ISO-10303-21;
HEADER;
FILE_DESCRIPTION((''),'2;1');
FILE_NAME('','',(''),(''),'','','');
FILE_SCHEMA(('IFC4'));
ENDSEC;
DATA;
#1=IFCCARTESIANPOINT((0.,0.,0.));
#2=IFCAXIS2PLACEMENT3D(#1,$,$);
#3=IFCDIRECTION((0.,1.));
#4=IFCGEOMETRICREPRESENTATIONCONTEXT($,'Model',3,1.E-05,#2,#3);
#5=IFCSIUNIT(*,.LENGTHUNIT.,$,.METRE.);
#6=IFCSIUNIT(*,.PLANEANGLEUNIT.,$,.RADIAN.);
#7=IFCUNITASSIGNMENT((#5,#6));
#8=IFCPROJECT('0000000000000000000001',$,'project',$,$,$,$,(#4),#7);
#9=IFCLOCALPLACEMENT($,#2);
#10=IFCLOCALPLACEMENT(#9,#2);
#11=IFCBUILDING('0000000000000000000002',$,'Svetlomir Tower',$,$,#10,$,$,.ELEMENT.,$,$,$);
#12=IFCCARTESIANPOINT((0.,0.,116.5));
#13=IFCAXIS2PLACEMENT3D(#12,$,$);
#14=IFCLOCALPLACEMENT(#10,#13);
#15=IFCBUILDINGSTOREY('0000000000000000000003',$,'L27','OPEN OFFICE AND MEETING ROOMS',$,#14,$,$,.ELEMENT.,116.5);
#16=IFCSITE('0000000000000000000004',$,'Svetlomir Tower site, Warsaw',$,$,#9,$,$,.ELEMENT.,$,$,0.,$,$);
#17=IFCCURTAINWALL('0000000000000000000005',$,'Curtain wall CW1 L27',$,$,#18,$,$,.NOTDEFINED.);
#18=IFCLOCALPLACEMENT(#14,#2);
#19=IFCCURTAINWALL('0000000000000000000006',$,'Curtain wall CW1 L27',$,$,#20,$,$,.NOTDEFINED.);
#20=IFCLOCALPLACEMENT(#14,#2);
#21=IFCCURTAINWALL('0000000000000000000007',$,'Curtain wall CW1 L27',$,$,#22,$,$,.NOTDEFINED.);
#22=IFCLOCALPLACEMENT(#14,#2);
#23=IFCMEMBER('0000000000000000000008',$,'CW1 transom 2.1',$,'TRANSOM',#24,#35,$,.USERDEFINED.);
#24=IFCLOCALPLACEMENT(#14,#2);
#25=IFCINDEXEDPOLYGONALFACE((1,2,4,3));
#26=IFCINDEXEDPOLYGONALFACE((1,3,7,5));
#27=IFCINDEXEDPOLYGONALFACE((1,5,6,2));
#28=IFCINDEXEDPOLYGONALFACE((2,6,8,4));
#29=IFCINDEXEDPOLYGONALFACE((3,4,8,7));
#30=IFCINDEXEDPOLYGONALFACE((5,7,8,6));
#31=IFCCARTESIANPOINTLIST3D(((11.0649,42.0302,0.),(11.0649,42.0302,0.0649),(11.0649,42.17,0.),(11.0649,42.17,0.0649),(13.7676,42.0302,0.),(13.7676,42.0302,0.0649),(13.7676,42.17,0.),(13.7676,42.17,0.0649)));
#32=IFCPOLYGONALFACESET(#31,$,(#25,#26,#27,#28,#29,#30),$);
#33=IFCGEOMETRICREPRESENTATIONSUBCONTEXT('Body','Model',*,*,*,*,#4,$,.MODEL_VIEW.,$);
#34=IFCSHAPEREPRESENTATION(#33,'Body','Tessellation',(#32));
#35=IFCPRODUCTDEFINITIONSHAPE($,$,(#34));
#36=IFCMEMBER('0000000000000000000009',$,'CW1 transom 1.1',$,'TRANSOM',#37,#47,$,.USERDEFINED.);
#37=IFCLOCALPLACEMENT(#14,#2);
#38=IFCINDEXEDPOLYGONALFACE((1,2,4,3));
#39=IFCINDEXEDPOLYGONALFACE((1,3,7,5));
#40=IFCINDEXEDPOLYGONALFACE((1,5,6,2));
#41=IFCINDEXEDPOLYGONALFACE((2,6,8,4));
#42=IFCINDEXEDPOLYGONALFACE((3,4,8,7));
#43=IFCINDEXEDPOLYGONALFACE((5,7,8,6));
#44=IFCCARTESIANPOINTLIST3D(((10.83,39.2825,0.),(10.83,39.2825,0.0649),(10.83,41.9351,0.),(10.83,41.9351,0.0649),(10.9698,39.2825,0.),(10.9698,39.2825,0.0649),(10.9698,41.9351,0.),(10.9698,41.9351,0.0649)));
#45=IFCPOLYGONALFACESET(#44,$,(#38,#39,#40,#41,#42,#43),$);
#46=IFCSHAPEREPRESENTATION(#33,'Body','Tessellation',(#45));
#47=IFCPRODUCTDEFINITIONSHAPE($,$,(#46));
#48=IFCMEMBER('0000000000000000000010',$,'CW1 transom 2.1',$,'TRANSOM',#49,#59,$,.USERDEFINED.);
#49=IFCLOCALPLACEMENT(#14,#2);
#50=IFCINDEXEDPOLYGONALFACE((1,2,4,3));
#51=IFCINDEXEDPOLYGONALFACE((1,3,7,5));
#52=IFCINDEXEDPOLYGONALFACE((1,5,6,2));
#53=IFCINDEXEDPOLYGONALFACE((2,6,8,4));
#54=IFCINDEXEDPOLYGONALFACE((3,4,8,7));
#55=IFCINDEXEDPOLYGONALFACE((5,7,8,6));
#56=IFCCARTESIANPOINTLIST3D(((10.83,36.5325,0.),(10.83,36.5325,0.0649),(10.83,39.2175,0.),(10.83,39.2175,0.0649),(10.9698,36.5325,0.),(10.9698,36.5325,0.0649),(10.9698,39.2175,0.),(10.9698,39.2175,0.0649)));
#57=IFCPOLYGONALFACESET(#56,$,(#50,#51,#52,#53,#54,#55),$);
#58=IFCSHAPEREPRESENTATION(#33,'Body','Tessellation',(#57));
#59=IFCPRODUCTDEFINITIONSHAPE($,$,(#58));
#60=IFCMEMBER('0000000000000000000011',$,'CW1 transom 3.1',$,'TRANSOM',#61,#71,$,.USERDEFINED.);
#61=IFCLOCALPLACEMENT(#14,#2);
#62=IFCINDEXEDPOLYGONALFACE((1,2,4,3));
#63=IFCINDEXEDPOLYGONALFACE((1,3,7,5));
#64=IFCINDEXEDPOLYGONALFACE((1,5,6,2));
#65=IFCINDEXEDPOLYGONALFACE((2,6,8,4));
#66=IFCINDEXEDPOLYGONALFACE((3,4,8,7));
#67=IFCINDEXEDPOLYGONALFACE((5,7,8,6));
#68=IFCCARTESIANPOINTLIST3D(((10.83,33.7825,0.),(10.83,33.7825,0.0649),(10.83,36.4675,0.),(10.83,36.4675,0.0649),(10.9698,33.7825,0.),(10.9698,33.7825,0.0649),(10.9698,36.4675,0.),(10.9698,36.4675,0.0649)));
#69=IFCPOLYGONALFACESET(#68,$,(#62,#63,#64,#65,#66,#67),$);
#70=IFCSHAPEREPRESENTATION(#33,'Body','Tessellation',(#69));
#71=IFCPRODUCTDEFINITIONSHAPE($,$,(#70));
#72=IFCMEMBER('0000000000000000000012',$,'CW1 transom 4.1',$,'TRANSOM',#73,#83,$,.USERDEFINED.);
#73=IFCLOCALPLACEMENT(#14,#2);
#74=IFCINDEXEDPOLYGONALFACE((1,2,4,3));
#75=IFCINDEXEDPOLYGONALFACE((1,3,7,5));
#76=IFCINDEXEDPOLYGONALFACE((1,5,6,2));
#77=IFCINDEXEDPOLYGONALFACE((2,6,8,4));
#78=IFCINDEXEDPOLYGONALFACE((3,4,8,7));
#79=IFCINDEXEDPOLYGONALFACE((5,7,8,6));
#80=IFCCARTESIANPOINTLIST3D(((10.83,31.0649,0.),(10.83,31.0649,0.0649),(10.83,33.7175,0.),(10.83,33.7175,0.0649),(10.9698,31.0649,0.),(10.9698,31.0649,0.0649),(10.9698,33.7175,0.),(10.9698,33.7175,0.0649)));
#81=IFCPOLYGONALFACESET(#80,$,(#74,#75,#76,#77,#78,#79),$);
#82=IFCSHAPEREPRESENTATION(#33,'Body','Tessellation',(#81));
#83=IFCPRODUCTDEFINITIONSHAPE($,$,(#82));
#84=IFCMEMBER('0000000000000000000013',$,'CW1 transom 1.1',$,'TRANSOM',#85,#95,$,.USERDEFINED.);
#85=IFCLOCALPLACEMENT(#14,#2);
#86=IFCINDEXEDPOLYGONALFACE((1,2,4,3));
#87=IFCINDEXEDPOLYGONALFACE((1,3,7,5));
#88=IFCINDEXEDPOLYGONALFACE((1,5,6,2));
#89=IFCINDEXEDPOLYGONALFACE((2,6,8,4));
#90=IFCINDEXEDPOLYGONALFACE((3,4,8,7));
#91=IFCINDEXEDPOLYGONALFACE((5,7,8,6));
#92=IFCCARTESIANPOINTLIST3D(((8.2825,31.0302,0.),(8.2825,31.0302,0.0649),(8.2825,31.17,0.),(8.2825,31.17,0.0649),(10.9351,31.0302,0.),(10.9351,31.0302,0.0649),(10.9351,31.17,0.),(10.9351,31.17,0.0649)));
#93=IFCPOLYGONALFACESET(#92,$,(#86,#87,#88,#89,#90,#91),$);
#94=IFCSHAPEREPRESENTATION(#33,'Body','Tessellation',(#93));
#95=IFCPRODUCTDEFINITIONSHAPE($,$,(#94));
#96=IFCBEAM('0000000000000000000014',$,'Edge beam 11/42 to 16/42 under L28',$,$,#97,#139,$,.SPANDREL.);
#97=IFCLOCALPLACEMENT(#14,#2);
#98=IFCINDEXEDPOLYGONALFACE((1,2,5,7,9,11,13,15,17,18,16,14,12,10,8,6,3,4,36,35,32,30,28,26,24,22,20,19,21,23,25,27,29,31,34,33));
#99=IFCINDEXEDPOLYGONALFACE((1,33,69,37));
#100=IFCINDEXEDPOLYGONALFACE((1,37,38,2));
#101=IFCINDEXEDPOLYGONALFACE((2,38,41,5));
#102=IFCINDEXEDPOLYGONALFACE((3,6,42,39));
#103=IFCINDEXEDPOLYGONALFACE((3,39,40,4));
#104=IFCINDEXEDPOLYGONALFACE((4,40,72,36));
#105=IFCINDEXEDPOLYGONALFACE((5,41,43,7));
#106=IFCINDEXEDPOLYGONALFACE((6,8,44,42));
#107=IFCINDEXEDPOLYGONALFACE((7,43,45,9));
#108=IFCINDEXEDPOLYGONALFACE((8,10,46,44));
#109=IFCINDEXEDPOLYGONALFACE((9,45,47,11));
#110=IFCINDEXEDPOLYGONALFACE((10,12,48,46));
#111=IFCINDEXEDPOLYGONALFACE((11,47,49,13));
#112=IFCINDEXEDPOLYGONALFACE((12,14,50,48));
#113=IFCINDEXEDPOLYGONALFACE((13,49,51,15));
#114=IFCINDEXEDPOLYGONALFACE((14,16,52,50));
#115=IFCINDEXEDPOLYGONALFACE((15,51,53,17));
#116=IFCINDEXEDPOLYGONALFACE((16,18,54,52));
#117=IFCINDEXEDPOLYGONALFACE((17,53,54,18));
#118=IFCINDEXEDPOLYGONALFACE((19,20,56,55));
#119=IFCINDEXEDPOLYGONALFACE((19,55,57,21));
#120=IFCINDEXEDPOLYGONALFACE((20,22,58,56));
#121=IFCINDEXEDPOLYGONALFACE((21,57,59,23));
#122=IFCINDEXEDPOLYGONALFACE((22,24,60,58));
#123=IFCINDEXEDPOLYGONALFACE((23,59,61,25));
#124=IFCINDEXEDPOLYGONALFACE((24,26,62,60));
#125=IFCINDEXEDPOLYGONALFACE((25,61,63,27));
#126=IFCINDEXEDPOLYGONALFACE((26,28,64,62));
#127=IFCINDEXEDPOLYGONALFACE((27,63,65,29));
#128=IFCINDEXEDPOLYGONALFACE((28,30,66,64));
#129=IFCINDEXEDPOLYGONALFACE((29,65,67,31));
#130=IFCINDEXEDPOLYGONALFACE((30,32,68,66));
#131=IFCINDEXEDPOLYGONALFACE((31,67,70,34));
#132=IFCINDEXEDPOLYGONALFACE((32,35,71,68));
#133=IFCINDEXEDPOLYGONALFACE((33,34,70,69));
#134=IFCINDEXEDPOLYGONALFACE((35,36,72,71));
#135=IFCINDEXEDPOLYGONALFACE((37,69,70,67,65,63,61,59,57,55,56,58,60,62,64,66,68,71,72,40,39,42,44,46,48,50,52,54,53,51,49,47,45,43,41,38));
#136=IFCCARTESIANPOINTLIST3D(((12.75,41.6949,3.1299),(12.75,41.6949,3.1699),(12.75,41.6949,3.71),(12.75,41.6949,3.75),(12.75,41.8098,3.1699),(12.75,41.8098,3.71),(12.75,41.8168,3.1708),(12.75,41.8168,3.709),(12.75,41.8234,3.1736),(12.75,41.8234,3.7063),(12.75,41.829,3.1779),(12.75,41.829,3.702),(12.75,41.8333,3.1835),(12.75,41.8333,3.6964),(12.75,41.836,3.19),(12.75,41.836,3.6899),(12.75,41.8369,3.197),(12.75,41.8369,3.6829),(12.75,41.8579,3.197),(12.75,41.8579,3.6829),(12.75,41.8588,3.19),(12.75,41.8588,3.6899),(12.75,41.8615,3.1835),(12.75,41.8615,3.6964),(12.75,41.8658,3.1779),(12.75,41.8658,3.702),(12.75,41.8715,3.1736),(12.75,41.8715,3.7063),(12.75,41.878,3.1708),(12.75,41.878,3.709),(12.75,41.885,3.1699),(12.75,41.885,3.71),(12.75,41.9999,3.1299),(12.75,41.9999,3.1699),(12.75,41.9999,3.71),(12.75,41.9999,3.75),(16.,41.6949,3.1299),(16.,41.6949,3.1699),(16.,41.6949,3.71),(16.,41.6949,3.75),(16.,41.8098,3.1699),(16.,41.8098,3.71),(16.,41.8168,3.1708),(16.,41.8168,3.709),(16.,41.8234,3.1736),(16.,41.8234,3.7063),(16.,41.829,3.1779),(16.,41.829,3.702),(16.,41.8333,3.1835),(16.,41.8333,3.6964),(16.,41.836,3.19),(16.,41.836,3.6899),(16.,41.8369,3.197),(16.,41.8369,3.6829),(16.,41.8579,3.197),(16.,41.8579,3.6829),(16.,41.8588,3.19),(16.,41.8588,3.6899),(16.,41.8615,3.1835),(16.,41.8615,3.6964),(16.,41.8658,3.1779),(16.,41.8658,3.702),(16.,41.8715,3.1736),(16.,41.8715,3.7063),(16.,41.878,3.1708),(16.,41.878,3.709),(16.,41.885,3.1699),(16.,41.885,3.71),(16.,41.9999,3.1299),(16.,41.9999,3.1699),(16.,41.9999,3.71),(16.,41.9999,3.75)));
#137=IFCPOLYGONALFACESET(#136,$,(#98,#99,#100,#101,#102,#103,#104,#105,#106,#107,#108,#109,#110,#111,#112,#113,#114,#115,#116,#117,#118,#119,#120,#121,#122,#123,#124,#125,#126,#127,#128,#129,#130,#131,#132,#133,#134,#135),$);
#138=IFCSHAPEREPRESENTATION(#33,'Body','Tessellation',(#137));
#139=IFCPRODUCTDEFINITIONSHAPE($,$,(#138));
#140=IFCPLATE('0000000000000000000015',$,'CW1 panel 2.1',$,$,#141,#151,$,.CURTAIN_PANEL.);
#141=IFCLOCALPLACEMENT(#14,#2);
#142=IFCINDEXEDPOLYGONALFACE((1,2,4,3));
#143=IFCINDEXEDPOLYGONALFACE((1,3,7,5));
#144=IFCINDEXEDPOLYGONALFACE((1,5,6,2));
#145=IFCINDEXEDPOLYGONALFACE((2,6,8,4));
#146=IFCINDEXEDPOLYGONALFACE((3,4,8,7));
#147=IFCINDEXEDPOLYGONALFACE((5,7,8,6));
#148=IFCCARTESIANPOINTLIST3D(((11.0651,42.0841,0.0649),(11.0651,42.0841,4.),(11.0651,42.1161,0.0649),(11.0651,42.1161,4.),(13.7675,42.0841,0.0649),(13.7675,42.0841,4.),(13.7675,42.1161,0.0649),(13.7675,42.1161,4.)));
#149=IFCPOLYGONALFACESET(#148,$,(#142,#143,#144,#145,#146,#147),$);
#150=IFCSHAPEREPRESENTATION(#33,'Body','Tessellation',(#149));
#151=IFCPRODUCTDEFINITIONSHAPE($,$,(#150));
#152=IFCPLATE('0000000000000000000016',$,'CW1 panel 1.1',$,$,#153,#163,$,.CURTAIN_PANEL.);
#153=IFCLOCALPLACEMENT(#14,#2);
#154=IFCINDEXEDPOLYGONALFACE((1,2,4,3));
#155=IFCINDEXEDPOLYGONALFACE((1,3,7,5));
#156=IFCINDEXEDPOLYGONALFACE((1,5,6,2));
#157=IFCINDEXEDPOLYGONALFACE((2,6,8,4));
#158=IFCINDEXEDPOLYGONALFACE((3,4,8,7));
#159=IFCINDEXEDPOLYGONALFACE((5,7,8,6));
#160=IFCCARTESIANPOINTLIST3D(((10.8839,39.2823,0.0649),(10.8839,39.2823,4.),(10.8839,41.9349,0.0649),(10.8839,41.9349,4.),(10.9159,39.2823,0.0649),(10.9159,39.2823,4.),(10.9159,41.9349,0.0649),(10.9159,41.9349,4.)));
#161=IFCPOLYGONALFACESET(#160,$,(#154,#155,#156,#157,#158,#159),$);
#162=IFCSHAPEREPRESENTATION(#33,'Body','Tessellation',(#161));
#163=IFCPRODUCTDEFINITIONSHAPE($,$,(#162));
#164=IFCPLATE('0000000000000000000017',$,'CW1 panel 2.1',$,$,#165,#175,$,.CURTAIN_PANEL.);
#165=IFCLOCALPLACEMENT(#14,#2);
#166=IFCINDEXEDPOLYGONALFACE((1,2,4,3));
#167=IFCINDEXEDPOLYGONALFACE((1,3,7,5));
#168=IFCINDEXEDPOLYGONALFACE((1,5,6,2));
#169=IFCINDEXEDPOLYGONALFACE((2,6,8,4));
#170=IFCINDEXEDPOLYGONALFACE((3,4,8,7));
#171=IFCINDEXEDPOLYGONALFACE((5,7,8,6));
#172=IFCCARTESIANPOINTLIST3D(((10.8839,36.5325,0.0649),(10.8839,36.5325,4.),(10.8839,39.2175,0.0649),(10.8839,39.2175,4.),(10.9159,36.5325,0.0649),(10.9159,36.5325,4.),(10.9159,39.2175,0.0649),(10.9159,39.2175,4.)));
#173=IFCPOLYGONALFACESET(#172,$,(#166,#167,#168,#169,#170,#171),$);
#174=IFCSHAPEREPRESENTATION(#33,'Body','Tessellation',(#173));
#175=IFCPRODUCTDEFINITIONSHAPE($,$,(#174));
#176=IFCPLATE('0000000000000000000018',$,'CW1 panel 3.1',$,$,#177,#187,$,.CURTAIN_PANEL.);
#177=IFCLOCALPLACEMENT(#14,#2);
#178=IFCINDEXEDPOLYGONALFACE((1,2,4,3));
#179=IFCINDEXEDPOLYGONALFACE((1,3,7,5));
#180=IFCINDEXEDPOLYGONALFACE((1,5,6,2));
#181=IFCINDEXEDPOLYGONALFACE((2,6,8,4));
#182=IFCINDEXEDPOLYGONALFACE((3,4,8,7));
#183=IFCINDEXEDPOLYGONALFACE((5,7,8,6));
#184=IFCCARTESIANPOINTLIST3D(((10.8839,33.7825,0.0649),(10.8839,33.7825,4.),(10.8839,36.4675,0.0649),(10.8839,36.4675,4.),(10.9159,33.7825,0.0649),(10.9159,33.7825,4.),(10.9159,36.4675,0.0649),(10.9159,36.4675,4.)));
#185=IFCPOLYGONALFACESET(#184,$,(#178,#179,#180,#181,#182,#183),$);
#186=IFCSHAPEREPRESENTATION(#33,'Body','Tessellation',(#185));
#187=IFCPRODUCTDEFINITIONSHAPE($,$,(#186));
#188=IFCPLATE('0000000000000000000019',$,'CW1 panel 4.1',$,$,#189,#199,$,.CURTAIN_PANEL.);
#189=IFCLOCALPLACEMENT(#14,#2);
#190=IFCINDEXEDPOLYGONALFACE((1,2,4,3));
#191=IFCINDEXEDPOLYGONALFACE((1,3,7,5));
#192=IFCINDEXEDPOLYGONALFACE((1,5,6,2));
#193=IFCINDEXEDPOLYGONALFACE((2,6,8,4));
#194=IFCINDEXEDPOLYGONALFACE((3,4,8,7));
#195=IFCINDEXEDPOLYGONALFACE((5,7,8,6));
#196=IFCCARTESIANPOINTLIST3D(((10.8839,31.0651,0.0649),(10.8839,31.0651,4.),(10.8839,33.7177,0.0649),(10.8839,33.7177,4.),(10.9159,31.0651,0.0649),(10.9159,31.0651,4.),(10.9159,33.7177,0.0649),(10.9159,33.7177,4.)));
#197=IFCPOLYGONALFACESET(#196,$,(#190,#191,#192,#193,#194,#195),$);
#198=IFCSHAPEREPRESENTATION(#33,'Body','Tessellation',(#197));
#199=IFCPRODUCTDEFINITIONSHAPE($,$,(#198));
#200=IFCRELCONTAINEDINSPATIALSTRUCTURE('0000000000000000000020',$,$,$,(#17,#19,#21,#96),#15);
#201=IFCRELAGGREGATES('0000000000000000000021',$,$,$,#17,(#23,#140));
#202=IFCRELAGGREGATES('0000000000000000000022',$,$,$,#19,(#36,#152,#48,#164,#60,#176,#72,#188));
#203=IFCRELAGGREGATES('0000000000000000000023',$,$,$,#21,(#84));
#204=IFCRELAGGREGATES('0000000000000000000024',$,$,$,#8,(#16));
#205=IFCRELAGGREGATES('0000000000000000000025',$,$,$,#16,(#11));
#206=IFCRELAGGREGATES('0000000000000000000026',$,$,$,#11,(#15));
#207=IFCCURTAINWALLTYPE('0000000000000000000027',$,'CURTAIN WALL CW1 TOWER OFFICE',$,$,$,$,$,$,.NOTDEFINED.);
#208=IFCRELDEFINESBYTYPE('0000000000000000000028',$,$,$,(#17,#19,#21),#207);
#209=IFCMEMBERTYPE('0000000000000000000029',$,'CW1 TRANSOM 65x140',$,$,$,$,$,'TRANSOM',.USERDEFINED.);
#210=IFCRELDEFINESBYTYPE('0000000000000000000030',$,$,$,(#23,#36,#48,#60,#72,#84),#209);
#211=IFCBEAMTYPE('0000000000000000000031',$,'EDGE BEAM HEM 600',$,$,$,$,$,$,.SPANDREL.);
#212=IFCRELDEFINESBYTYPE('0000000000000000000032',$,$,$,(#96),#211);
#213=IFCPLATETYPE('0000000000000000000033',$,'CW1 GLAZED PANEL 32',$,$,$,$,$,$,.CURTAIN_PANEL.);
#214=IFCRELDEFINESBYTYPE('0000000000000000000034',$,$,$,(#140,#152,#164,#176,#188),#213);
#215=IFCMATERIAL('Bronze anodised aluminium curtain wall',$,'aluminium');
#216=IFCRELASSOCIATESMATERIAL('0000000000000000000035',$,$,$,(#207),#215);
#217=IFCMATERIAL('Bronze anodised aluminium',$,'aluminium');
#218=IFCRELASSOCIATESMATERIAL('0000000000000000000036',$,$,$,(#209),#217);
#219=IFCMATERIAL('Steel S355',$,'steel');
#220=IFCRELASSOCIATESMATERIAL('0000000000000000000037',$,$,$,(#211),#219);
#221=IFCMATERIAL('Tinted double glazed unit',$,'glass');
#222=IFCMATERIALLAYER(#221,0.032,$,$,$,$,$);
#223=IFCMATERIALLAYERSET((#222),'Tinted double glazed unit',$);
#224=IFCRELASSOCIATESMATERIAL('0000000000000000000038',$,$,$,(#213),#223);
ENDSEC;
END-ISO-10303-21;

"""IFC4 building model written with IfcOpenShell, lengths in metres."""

from ifc_helpers import new_model, si_unit, direction, frame, origin, origin_2d, place, context, subcontext, project, spatial, rectangle, i_section, extrude, material, layer, layer_set, material_profile, profile_set, type_object, element, aggregate, save


model = new_model("IFC4")

# Units and contexts
model_context = context("Model", 3, precision=1e-05, world=origin(), true_north=direction((0.0, 1.0)))
body_context = subcontext(model_context, "Body", "Model", "MODEL_VIEW")
ifc_project = project(units=[si_unit("LENGTHUNIT", "METRE"), si_unit("PLANEANGLEUNIT", "RADIAN")], contexts=[model_context])

# Site, building, storey
site_placement = place(None, origin())
site = spatial("IfcSite", under=ifc_project, at=site_placement, Name="Svetlomir Tower site, Warsaw", CompositionType="ELEMENT", RefElevation=0.0)
building_placement = place(site_placement, origin())
building = spatial("IfcBuilding", under=site, at=building_placement, Name="Svetlomir Tower", CompositionType="ELEMENT")
storey_placement = place(building_placement, frame((0.0, 0.0, 116.5)))
storey = spatial("IfcBuildingStorey", under=building, at=storey_placement, Name="L27", Description="OPEN OFFICE AND MEETING ROOMS", CompositionType="ELEMENT", Elevation=116.5)

# Curtain wall
ifc_material_1 = material(Name="Bronze anodised aluminium curtain wall", Category="aluminium")
curtain_wall_type = type_object("IfcCurtainWallType", Name="CURTAIN WALL CW1 TOWER OFFICE", PredefinedType="NOTDEFINED", material=ifc_material_1)
curtain_wall_1_placement = place(storey_placement, origin())
curtain_wall_1 = element("IfcCurtainWall", 1, at=curtain_wall_1_placement, inside=storey, type_object=curtain_wall_type, Name="Curtain wall CW1 L27", PredefinedType="NOTDEFINED")

# Curtain walls
curtain_wall_2_placement = place(storey_placement, origin())
curtain_wall_2 = element("IfcCurtainWall", 2, at=curtain_wall_2_placement, inside=storey, type_object=curtain_wall_type, Name="Curtain wall CW1 L27", PredefinedType="NOTDEFINED")
curtain_wall_3_placement = place(storey_placement, origin())
curtain_wall_3 = element("IfcCurtainWall", 3, at=curtain_wall_3_placement, inside=storey, type_object=curtain_wall_type, Name="Curtain wall CW1 L27", PredefinedType="NOTDEFINED")

# Members
ifc_material_2 = material(Name="Bronze anodised aluminium", Category="aluminium")
ifc_material_profile_1 = material_profile(ifc_material_2, rectangle(XDim=0.1399, YDim=0.0649, at=origin_2d()), Name="AL 140x65")
ifc_profile_set_1 = profile_set([ifc_material_profile_1], Name="Bronze anodised aluminium 6063-T6")
member_type_1 = type_object("IfcMemberType", Name="CW1 TRANSOM 65x140", ElementType="TRANSOM", PredefinedType="USERDEFINED", material=ifc_profile_set_1)
member_1_placement = place(storey_placement, frame((13.7676, 42.1001, 0.0325), z_axis=(-1.0, 0.0, 0.0), x_axis=(0.0, -1.0, 0.0)))
member_1 = element("IfcMember", 4, at=member_1_placement, type_object=member_type_1, Name="CW1 transom 2.1", ObjectType="TRANSOM", PredefinedType="USERDEFINED", context=body_context, shape_type="SweptSolid", body=[
    extrude(rectangle(XDim=0.1399, YDim=0.0649, at=origin_2d()), origin(), (0.0, 0.0, 1.0), 2.7026),
])
member_2_placement = place(storey_placement, frame((10.8999, 41.9351, 0.0325), z_axis=(0.0, -1.0, 0.0), x_axis=(1.0, 0.0, 0.0)))
member_2 = element("IfcMember", 5, at=member_2_placement, type_object=member_type_1, Name="CW1 transom 1.1", ObjectType="TRANSOM", PredefinedType="USERDEFINED", context=body_context, shape_type="SweptSolid", body=[
    extrude(rectangle(XDim=0.1399, YDim=0.0649, at=origin_2d()), origin(), (0.0, 0.0, 1.0), 2.6526),
])
member_3_placement = place(storey_placement, frame((10.8999, 39.2175, 0.0325), z_axis=(0.0, -1.0, 0.0), x_axis=(1.0, 0.0, 0.0)))
member_3 = element("IfcMember", 6, at=member_3_placement, type_object=member_type_1, Name="CW1 transom 2.1", ObjectType="TRANSOM", PredefinedType="USERDEFINED", context=body_context, shape_type="SweptSolid", body=[
    extrude(rectangle(XDim=0.1399, YDim=0.0649, at=origin_2d()), origin(), (0.0, 0.0, 1.0), 2.6851),
])
member_4_placement = place(storey_placement, frame((10.8999, 36.4675, 0.0325), z_axis=(0.0, -1.0, 0.0), x_axis=(1.0, 0.0, 0.0)))
member_4 = element("IfcMember", 7, at=member_4_placement, type_object=member_type_1, Name="CW1 transom 3.1", ObjectType="TRANSOM", PredefinedType="USERDEFINED", context=body_context, shape_type="SweptSolid", body=[
    extrude(rectangle(XDim=0.1399, YDim=0.0649, at=origin_2d()), origin(), (0.0, 0.0, 1.0), 2.6851),
])
member_5_placement = place(storey_placement, frame((10.8999, 33.7175, 0.0325), z_axis=(0.0, -1.0, 0.0), x_axis=(1.0, 0.0, 0.0)))
member_5 = element("IfcMember", 8, at=member_5_placement, type_object=member_type_1, Name="CW1 transom 4.1", ObjectType="TRANSOM", PredefinedType="USERDEFINED", context=body_context, shape_type="SweptSolid", body=[
    extrude(rectangle(XDim=0.1399, YDim=0.0649, at=origin_2d()), origin(), (0.0, 0.0, 1.0), 2.6526),
])
member_6_placement = place(storey_placement, frame((10.9351, 31.1001, 0.0325), z_axis=(-1.0, 0.0, 0.0), x_axis=(0.0, -1.0, 0.0)))
member_6 = element("IfcMember", 9, at=member_6_placement, type_object=member_type_1, Name="CW1 transom 1.1", ObjectType="TRANSOM", PredefinedType="USERDEFINED", context=body_context, shape_type="SweptSolid", body=[
    extrude(rectangle(XDim=0.1399, YDim=0.0649, at=origin_2d()), origin(), (0.0, 0.0, 1.0), 2.6526),
])

# Beam
ifc_material_3 = material(Name="Steel S355", Category="steel")
ifc_material_profile_2 = material_profile(ifc_material_3, i_section(OverallWidth=0.3049, OverallDepth=0.6201, WebThickness=0.021, FlangeThickness=0.04, FilletRadius=0.0271, at=origin_2d()), Name="HEM 600")
ifc_profile_set_2 = profile_set([ifc_material_profile_2], Name="Steel S355")
beam_type = type_object("IfcBeamType", Name="EDGE BEAM HEM 600", PredefinedType="SPANDREL", material=ifc_profile_set_2)
beam_placement = place(storey_placement, frame((12.75, 41.8474, 3.4399), z_axis=(1.0, 0.0, 0.0), x_axis=(0.0, 1.0, 0.0)))
element("IfcBeam", 10, at=beam_placement, inside=storey, type_object=beam_type, Name="Edge beam 11/42 to 16/42 under L28", PredefinedType="SPANDREL", context=body_context, shape_type="SweptSolid", body=[
    extrude(i_section(OverallWidth=0.3049, OverallDepth=0.6201, WebThickness=0.021, FlangeThickness=0.04, FilletRadius=0.0271, at=origin_2d()), origin(), (0.0, 0.0, 1.0), 3.25),
])

# Plates
ifc_material_4 = material(Name="Tinted double glazed unit", Category="glass")
ifc_layer_1 = layer(ifc_material_4, 0.032)
ifc_layer_set_1 = layer_set([ifc_layer_1], Name="Tinted double glazed unit")
plate_type = type_object("IfcPlateType", Name="CW1 GLAZED PANEL 32", PredefinedType="CURTAIN_PANEL", material=ifc_layer_set_1)
plate_1_placement = place(storey_placement, frame((12.4163, 42.1001, 0.0649), z_axis=(0.0, 0.0, 1.0), x_axis=(-1.0, 0.0, 0.0)))
plate_1 = element("IfcPlate", 11, at=plate_1_placement, type_object=plate_type, Name="CW1 panel 2.1", PredefinedType="CURTAIN_PANEL", context=body_context, shape_type="SweptSolid", body=[
    extrude(rectangle(XDim=2.7024, YDim=0.032, at=origin_2d()), origin(), (0.0, 0.0, 1.0), 3.9351),
])
aggregate(curtain_wall_1, [member_1, plate_1])
plate_2_placement = place(storey_placement, frame((10.8999, 40.6086, 0.0649), z_axis=(0.0, 0.0, 1.0), x_axis=(0.0, -1.0, 0.0)))
plate_2 = element("IfcPlate", 12, at=plate_2_placement, type_object=plate_type, Name="CW1 panel 1.1", PredefinedType="CURTAIN_PANEL", context=body_context, shape_type="SweptSolid", body=[
    extrude(rectangle(XDim=2.6526, YDim=0.032, at=origin_2d()), origin(), (0.0, 0.0, 1.0), 3.9351),
])
plate_3_placement = place(storey_placement, frame((10.8999, 37.875, 0.0649), z_axis=(0.0, 0.0, 1.0), x_axis=(0.0, -1.0, 0.0)))
plate_3 = element("IfcPlate", 13, at=plate_3_placement, type_object=plate_type, Name="CW1 panel 2.1", PredefinedType="CURTAIN_PANEL", context=body_context, shape_type="SweptSolid", body=[
    extrude(rectangle(XDim=2.6851, YDim=0.032, at=origin_2d()), origin(), (0.0, 0.0, 1.0), 3.9351),
])
plate_4_placement = place(storey_placement, frame((10.8999, 35.125, 0.0649), z_axis=(0.0, 0.0, 1.0), x_axis=(0.0, -1.0, 0.0)))
plate_4 = element("IfcPlate", 14, at=plate_4_placement, type_object=plate_type, Name="CW1 panel 3.1", PredefinedType="CURTAIN_PANEL", context=body_context, shape_type="SweptSolid", body=[
    extrude(rectangle(XDim=2.6851, YDim=0.032, at=origin_2d()), origin(), (0.0, 0.0, 1.0), 3.9351),
])
plate_5_placement = place(storey_placement, frame((10.8999, 32.3914, 0.0649), z_axis=(0.0, 0.0, 1.0), x_axis=(0.0, -1.0, 0.0)))
plate_5 = element("IfcPlate", 15, at=plate_5_placement, type_object=plate_type, Name="CW1 panel 4.1", PredefinedType="CURTAIN_PANEL", context=body_context, shape_type="SweptSolid", body=[
    extrude(rectangle(XDim=2.6526, YDim=0.032, at=origin_2d()), origin(), (0.0, 0.0, 1.0), 3.9351),
])
aggregate(curtain_wall_2, [member_2, plate_2, member_3, plate_3, member_4, plate_4, member_5, plate_5])
aggregate(curtain_wall_3, [member_6])

save(model, "model.ifc")
